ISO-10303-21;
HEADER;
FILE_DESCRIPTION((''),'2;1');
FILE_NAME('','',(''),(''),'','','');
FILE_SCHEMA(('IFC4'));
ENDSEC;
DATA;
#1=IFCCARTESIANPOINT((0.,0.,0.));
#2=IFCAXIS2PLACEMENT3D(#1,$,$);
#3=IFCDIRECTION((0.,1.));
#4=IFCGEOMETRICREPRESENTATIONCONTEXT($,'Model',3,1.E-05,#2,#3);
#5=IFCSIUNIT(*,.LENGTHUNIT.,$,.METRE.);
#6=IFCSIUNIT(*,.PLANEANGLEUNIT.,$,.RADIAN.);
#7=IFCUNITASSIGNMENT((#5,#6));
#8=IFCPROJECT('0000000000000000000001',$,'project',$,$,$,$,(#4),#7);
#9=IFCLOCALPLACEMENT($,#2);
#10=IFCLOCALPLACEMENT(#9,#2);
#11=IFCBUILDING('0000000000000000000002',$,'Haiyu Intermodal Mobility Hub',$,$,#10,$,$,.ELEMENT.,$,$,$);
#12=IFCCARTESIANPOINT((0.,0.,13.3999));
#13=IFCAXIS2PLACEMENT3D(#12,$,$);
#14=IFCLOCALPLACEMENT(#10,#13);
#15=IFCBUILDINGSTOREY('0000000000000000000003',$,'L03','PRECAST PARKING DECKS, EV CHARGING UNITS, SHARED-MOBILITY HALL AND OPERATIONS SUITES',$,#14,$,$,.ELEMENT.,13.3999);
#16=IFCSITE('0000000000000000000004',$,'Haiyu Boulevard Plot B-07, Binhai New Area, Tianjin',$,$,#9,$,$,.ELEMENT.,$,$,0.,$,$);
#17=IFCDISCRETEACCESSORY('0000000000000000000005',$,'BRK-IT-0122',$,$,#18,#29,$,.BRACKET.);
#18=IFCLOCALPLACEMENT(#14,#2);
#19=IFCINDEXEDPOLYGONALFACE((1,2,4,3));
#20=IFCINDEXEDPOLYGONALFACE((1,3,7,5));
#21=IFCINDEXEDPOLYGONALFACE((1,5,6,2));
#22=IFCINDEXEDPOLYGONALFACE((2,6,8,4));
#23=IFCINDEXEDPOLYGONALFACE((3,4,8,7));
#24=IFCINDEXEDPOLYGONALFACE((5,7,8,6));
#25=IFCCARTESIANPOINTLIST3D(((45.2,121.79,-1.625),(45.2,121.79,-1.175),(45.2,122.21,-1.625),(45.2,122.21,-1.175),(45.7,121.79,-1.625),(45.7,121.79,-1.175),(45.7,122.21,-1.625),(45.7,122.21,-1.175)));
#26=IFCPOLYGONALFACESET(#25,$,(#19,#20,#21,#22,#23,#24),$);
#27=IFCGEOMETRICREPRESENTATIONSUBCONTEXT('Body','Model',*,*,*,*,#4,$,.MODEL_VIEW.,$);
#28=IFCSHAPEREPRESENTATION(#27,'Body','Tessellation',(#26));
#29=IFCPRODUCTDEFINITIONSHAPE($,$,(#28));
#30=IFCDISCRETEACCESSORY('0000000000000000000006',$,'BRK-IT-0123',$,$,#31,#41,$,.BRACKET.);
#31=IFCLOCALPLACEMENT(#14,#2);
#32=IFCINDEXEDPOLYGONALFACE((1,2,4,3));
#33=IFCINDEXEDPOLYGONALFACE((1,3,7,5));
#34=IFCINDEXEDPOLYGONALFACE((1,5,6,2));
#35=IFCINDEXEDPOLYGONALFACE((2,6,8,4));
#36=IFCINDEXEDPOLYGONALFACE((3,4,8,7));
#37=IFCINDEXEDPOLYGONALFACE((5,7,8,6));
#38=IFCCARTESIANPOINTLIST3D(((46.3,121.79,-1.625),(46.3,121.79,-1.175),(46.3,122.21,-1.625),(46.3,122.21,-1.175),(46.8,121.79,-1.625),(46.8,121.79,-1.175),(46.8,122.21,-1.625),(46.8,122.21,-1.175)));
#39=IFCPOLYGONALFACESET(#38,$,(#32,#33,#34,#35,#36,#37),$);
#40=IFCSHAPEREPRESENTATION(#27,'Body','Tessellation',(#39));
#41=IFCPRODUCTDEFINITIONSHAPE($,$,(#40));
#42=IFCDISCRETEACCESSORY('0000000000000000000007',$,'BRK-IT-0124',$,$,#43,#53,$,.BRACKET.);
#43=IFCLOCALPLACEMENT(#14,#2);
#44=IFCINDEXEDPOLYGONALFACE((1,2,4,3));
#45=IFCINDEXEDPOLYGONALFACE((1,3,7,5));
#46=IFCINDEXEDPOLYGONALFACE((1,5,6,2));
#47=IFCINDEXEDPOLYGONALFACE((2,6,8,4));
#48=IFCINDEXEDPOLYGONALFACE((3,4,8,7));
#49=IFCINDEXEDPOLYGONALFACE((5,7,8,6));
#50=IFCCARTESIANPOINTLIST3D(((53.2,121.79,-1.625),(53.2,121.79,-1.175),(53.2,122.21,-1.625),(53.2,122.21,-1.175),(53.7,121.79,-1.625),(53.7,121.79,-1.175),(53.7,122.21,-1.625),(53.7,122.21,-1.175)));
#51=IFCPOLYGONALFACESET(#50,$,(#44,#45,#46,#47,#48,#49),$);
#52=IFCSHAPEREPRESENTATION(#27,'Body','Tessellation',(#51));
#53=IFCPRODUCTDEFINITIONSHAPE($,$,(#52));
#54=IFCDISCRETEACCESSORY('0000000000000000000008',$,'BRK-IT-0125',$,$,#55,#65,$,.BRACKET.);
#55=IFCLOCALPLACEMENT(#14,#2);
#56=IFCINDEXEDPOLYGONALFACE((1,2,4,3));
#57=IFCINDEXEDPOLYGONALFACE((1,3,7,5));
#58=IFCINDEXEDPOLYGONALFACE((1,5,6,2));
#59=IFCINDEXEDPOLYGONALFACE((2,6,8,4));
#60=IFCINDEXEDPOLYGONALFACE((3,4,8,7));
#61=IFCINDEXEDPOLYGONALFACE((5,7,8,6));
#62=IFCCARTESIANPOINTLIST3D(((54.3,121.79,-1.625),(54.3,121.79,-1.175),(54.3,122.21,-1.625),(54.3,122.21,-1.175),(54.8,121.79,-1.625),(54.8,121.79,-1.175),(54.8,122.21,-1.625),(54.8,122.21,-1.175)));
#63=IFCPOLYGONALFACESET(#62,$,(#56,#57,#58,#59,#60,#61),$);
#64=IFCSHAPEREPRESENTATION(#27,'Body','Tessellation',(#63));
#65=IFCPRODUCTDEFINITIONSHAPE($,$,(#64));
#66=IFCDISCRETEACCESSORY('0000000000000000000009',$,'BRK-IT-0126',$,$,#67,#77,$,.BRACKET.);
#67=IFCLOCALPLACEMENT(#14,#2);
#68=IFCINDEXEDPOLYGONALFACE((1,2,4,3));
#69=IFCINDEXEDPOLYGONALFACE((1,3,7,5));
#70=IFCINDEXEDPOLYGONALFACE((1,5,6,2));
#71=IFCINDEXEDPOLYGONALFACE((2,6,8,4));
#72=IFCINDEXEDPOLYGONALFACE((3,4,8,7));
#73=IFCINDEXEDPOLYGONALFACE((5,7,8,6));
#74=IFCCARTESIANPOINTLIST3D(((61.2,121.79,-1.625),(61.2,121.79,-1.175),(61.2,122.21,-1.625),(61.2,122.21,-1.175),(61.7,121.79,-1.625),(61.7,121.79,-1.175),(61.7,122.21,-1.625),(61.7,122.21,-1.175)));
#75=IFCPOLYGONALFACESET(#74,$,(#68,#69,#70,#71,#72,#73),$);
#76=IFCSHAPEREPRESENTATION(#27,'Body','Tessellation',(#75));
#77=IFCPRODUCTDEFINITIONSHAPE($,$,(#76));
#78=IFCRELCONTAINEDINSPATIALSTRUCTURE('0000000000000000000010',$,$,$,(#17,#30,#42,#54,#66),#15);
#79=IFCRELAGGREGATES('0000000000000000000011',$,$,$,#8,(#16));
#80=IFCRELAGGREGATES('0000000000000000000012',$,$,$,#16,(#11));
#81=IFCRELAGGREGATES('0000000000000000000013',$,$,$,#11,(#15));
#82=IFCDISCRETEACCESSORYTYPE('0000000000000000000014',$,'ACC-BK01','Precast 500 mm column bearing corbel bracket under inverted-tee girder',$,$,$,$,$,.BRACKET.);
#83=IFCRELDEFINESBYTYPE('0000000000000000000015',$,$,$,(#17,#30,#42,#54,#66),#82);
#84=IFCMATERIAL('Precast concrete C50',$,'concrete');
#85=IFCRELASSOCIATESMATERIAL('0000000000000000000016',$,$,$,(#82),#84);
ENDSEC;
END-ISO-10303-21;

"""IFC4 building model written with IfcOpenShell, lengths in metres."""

from ifc_helpers import new_model, si_unit, direction, frame, origin, origin_2d, place, context, subcontext, project, spatial, rectangle, extrude, material, type_object, element, save


model = new_model("IFC4")

# Units and contexts
model_context = context("Model", 3, precision=1e-05, world=origin(), true_north=direction((0.0, 1.0)))
body_context = subcontext(model_context, "Body", "Model", "MODEL_VIEW")
ifc_project = project(units=[si_unit("LENGTHUNIT", "METRE"), si_unit("PLANEANGLEUNIT", "RADIAN")], contexts=[model_context])

# Site, building, storey
site_placement = place(None, origin())
site = spatial("IfcSite", under=ifc_project, at=site_placement, Name="Haiyu Boulevard Plot B-07, Binhai New Area, Tianjin", CompositionType="ELEMENT", RefElevation=0.0)
building_placement = place(site_placement, origin())
building = spatial("IfcBuilding", under=site, at=building_placement, Name="Haiyu Intermodal Mobility Hub", CompositionType="ELEMENT")
storey_placement = place(building_placement, frame((0.0, 0.0, 13.3999)))
storey = spatial("IfcBuildingStorey", under=building, at=storey_placement, Name="L03", Description="PRECAST PARKING DECKS, EV CHARGING UNITS, SHARED-MOBILITY HALL AND OPERATIONS SUITES", CompositionType="ELEMENT", Elevation=13.3999)

# Shared definitions
ifc_material_1 = material(Name="Precast concrete C50", Category="concrete")

# Discrete accessories
discrete_accessory_type = type_object("IfcDiscreteAccessoryType", Name="ACC-BK01", Description="Precast 500 mm column bearing corbel bracket under inverted-tee girder", PredefinedType="BRACKET", material=ifc_material_1)
for number, where, z_axis, x_axis, name in (
    (1, (45.45, 122.0, -1.625), (0.0, 0.0, 1.0), (1.0, 0.0, 0.0), "BRK-IT-0122"),
    (2, (46.55, 122.0, -1.625), (0.0, 0.0, 1.0), (1.0, 0.0, 0.0), "BRK-IT-0123"),
    (3, (53.45, 122.0, -1.625), (0.0, 0.0, 1.0), (1.0, 0.0, 0.0), "BRK-IT-0124"),
    (4, (54.55, 122.0, -1.625), (0.0, 0.0, 1.0), (1.0, 0.0, 0.0), "BRK-IT-0125"),
    (5, (61.45, 122.0, -1.625), (0.0, 0.0, 1.0), (1.0, 0.0, 0.0), "BRK-IT-0126"),
):
    element("IfcDiscreteAccessory", number, at=place(storey_placement, frame(where, z_axis=z_axis, x_axis=x_axis)), inside=storey, type_object=discrete_accessory_type, Name=name, PredefinedType="BRACKET", context=body_context, shape_type="SweptSolid", body=[
        extrude(rectangle(XDim=0.5, YDim=0.4199, at=origin_2d()), origin(), (0.0, 0.0, 1.0), 0.45),
    ])

save(model, "model.ifc")
